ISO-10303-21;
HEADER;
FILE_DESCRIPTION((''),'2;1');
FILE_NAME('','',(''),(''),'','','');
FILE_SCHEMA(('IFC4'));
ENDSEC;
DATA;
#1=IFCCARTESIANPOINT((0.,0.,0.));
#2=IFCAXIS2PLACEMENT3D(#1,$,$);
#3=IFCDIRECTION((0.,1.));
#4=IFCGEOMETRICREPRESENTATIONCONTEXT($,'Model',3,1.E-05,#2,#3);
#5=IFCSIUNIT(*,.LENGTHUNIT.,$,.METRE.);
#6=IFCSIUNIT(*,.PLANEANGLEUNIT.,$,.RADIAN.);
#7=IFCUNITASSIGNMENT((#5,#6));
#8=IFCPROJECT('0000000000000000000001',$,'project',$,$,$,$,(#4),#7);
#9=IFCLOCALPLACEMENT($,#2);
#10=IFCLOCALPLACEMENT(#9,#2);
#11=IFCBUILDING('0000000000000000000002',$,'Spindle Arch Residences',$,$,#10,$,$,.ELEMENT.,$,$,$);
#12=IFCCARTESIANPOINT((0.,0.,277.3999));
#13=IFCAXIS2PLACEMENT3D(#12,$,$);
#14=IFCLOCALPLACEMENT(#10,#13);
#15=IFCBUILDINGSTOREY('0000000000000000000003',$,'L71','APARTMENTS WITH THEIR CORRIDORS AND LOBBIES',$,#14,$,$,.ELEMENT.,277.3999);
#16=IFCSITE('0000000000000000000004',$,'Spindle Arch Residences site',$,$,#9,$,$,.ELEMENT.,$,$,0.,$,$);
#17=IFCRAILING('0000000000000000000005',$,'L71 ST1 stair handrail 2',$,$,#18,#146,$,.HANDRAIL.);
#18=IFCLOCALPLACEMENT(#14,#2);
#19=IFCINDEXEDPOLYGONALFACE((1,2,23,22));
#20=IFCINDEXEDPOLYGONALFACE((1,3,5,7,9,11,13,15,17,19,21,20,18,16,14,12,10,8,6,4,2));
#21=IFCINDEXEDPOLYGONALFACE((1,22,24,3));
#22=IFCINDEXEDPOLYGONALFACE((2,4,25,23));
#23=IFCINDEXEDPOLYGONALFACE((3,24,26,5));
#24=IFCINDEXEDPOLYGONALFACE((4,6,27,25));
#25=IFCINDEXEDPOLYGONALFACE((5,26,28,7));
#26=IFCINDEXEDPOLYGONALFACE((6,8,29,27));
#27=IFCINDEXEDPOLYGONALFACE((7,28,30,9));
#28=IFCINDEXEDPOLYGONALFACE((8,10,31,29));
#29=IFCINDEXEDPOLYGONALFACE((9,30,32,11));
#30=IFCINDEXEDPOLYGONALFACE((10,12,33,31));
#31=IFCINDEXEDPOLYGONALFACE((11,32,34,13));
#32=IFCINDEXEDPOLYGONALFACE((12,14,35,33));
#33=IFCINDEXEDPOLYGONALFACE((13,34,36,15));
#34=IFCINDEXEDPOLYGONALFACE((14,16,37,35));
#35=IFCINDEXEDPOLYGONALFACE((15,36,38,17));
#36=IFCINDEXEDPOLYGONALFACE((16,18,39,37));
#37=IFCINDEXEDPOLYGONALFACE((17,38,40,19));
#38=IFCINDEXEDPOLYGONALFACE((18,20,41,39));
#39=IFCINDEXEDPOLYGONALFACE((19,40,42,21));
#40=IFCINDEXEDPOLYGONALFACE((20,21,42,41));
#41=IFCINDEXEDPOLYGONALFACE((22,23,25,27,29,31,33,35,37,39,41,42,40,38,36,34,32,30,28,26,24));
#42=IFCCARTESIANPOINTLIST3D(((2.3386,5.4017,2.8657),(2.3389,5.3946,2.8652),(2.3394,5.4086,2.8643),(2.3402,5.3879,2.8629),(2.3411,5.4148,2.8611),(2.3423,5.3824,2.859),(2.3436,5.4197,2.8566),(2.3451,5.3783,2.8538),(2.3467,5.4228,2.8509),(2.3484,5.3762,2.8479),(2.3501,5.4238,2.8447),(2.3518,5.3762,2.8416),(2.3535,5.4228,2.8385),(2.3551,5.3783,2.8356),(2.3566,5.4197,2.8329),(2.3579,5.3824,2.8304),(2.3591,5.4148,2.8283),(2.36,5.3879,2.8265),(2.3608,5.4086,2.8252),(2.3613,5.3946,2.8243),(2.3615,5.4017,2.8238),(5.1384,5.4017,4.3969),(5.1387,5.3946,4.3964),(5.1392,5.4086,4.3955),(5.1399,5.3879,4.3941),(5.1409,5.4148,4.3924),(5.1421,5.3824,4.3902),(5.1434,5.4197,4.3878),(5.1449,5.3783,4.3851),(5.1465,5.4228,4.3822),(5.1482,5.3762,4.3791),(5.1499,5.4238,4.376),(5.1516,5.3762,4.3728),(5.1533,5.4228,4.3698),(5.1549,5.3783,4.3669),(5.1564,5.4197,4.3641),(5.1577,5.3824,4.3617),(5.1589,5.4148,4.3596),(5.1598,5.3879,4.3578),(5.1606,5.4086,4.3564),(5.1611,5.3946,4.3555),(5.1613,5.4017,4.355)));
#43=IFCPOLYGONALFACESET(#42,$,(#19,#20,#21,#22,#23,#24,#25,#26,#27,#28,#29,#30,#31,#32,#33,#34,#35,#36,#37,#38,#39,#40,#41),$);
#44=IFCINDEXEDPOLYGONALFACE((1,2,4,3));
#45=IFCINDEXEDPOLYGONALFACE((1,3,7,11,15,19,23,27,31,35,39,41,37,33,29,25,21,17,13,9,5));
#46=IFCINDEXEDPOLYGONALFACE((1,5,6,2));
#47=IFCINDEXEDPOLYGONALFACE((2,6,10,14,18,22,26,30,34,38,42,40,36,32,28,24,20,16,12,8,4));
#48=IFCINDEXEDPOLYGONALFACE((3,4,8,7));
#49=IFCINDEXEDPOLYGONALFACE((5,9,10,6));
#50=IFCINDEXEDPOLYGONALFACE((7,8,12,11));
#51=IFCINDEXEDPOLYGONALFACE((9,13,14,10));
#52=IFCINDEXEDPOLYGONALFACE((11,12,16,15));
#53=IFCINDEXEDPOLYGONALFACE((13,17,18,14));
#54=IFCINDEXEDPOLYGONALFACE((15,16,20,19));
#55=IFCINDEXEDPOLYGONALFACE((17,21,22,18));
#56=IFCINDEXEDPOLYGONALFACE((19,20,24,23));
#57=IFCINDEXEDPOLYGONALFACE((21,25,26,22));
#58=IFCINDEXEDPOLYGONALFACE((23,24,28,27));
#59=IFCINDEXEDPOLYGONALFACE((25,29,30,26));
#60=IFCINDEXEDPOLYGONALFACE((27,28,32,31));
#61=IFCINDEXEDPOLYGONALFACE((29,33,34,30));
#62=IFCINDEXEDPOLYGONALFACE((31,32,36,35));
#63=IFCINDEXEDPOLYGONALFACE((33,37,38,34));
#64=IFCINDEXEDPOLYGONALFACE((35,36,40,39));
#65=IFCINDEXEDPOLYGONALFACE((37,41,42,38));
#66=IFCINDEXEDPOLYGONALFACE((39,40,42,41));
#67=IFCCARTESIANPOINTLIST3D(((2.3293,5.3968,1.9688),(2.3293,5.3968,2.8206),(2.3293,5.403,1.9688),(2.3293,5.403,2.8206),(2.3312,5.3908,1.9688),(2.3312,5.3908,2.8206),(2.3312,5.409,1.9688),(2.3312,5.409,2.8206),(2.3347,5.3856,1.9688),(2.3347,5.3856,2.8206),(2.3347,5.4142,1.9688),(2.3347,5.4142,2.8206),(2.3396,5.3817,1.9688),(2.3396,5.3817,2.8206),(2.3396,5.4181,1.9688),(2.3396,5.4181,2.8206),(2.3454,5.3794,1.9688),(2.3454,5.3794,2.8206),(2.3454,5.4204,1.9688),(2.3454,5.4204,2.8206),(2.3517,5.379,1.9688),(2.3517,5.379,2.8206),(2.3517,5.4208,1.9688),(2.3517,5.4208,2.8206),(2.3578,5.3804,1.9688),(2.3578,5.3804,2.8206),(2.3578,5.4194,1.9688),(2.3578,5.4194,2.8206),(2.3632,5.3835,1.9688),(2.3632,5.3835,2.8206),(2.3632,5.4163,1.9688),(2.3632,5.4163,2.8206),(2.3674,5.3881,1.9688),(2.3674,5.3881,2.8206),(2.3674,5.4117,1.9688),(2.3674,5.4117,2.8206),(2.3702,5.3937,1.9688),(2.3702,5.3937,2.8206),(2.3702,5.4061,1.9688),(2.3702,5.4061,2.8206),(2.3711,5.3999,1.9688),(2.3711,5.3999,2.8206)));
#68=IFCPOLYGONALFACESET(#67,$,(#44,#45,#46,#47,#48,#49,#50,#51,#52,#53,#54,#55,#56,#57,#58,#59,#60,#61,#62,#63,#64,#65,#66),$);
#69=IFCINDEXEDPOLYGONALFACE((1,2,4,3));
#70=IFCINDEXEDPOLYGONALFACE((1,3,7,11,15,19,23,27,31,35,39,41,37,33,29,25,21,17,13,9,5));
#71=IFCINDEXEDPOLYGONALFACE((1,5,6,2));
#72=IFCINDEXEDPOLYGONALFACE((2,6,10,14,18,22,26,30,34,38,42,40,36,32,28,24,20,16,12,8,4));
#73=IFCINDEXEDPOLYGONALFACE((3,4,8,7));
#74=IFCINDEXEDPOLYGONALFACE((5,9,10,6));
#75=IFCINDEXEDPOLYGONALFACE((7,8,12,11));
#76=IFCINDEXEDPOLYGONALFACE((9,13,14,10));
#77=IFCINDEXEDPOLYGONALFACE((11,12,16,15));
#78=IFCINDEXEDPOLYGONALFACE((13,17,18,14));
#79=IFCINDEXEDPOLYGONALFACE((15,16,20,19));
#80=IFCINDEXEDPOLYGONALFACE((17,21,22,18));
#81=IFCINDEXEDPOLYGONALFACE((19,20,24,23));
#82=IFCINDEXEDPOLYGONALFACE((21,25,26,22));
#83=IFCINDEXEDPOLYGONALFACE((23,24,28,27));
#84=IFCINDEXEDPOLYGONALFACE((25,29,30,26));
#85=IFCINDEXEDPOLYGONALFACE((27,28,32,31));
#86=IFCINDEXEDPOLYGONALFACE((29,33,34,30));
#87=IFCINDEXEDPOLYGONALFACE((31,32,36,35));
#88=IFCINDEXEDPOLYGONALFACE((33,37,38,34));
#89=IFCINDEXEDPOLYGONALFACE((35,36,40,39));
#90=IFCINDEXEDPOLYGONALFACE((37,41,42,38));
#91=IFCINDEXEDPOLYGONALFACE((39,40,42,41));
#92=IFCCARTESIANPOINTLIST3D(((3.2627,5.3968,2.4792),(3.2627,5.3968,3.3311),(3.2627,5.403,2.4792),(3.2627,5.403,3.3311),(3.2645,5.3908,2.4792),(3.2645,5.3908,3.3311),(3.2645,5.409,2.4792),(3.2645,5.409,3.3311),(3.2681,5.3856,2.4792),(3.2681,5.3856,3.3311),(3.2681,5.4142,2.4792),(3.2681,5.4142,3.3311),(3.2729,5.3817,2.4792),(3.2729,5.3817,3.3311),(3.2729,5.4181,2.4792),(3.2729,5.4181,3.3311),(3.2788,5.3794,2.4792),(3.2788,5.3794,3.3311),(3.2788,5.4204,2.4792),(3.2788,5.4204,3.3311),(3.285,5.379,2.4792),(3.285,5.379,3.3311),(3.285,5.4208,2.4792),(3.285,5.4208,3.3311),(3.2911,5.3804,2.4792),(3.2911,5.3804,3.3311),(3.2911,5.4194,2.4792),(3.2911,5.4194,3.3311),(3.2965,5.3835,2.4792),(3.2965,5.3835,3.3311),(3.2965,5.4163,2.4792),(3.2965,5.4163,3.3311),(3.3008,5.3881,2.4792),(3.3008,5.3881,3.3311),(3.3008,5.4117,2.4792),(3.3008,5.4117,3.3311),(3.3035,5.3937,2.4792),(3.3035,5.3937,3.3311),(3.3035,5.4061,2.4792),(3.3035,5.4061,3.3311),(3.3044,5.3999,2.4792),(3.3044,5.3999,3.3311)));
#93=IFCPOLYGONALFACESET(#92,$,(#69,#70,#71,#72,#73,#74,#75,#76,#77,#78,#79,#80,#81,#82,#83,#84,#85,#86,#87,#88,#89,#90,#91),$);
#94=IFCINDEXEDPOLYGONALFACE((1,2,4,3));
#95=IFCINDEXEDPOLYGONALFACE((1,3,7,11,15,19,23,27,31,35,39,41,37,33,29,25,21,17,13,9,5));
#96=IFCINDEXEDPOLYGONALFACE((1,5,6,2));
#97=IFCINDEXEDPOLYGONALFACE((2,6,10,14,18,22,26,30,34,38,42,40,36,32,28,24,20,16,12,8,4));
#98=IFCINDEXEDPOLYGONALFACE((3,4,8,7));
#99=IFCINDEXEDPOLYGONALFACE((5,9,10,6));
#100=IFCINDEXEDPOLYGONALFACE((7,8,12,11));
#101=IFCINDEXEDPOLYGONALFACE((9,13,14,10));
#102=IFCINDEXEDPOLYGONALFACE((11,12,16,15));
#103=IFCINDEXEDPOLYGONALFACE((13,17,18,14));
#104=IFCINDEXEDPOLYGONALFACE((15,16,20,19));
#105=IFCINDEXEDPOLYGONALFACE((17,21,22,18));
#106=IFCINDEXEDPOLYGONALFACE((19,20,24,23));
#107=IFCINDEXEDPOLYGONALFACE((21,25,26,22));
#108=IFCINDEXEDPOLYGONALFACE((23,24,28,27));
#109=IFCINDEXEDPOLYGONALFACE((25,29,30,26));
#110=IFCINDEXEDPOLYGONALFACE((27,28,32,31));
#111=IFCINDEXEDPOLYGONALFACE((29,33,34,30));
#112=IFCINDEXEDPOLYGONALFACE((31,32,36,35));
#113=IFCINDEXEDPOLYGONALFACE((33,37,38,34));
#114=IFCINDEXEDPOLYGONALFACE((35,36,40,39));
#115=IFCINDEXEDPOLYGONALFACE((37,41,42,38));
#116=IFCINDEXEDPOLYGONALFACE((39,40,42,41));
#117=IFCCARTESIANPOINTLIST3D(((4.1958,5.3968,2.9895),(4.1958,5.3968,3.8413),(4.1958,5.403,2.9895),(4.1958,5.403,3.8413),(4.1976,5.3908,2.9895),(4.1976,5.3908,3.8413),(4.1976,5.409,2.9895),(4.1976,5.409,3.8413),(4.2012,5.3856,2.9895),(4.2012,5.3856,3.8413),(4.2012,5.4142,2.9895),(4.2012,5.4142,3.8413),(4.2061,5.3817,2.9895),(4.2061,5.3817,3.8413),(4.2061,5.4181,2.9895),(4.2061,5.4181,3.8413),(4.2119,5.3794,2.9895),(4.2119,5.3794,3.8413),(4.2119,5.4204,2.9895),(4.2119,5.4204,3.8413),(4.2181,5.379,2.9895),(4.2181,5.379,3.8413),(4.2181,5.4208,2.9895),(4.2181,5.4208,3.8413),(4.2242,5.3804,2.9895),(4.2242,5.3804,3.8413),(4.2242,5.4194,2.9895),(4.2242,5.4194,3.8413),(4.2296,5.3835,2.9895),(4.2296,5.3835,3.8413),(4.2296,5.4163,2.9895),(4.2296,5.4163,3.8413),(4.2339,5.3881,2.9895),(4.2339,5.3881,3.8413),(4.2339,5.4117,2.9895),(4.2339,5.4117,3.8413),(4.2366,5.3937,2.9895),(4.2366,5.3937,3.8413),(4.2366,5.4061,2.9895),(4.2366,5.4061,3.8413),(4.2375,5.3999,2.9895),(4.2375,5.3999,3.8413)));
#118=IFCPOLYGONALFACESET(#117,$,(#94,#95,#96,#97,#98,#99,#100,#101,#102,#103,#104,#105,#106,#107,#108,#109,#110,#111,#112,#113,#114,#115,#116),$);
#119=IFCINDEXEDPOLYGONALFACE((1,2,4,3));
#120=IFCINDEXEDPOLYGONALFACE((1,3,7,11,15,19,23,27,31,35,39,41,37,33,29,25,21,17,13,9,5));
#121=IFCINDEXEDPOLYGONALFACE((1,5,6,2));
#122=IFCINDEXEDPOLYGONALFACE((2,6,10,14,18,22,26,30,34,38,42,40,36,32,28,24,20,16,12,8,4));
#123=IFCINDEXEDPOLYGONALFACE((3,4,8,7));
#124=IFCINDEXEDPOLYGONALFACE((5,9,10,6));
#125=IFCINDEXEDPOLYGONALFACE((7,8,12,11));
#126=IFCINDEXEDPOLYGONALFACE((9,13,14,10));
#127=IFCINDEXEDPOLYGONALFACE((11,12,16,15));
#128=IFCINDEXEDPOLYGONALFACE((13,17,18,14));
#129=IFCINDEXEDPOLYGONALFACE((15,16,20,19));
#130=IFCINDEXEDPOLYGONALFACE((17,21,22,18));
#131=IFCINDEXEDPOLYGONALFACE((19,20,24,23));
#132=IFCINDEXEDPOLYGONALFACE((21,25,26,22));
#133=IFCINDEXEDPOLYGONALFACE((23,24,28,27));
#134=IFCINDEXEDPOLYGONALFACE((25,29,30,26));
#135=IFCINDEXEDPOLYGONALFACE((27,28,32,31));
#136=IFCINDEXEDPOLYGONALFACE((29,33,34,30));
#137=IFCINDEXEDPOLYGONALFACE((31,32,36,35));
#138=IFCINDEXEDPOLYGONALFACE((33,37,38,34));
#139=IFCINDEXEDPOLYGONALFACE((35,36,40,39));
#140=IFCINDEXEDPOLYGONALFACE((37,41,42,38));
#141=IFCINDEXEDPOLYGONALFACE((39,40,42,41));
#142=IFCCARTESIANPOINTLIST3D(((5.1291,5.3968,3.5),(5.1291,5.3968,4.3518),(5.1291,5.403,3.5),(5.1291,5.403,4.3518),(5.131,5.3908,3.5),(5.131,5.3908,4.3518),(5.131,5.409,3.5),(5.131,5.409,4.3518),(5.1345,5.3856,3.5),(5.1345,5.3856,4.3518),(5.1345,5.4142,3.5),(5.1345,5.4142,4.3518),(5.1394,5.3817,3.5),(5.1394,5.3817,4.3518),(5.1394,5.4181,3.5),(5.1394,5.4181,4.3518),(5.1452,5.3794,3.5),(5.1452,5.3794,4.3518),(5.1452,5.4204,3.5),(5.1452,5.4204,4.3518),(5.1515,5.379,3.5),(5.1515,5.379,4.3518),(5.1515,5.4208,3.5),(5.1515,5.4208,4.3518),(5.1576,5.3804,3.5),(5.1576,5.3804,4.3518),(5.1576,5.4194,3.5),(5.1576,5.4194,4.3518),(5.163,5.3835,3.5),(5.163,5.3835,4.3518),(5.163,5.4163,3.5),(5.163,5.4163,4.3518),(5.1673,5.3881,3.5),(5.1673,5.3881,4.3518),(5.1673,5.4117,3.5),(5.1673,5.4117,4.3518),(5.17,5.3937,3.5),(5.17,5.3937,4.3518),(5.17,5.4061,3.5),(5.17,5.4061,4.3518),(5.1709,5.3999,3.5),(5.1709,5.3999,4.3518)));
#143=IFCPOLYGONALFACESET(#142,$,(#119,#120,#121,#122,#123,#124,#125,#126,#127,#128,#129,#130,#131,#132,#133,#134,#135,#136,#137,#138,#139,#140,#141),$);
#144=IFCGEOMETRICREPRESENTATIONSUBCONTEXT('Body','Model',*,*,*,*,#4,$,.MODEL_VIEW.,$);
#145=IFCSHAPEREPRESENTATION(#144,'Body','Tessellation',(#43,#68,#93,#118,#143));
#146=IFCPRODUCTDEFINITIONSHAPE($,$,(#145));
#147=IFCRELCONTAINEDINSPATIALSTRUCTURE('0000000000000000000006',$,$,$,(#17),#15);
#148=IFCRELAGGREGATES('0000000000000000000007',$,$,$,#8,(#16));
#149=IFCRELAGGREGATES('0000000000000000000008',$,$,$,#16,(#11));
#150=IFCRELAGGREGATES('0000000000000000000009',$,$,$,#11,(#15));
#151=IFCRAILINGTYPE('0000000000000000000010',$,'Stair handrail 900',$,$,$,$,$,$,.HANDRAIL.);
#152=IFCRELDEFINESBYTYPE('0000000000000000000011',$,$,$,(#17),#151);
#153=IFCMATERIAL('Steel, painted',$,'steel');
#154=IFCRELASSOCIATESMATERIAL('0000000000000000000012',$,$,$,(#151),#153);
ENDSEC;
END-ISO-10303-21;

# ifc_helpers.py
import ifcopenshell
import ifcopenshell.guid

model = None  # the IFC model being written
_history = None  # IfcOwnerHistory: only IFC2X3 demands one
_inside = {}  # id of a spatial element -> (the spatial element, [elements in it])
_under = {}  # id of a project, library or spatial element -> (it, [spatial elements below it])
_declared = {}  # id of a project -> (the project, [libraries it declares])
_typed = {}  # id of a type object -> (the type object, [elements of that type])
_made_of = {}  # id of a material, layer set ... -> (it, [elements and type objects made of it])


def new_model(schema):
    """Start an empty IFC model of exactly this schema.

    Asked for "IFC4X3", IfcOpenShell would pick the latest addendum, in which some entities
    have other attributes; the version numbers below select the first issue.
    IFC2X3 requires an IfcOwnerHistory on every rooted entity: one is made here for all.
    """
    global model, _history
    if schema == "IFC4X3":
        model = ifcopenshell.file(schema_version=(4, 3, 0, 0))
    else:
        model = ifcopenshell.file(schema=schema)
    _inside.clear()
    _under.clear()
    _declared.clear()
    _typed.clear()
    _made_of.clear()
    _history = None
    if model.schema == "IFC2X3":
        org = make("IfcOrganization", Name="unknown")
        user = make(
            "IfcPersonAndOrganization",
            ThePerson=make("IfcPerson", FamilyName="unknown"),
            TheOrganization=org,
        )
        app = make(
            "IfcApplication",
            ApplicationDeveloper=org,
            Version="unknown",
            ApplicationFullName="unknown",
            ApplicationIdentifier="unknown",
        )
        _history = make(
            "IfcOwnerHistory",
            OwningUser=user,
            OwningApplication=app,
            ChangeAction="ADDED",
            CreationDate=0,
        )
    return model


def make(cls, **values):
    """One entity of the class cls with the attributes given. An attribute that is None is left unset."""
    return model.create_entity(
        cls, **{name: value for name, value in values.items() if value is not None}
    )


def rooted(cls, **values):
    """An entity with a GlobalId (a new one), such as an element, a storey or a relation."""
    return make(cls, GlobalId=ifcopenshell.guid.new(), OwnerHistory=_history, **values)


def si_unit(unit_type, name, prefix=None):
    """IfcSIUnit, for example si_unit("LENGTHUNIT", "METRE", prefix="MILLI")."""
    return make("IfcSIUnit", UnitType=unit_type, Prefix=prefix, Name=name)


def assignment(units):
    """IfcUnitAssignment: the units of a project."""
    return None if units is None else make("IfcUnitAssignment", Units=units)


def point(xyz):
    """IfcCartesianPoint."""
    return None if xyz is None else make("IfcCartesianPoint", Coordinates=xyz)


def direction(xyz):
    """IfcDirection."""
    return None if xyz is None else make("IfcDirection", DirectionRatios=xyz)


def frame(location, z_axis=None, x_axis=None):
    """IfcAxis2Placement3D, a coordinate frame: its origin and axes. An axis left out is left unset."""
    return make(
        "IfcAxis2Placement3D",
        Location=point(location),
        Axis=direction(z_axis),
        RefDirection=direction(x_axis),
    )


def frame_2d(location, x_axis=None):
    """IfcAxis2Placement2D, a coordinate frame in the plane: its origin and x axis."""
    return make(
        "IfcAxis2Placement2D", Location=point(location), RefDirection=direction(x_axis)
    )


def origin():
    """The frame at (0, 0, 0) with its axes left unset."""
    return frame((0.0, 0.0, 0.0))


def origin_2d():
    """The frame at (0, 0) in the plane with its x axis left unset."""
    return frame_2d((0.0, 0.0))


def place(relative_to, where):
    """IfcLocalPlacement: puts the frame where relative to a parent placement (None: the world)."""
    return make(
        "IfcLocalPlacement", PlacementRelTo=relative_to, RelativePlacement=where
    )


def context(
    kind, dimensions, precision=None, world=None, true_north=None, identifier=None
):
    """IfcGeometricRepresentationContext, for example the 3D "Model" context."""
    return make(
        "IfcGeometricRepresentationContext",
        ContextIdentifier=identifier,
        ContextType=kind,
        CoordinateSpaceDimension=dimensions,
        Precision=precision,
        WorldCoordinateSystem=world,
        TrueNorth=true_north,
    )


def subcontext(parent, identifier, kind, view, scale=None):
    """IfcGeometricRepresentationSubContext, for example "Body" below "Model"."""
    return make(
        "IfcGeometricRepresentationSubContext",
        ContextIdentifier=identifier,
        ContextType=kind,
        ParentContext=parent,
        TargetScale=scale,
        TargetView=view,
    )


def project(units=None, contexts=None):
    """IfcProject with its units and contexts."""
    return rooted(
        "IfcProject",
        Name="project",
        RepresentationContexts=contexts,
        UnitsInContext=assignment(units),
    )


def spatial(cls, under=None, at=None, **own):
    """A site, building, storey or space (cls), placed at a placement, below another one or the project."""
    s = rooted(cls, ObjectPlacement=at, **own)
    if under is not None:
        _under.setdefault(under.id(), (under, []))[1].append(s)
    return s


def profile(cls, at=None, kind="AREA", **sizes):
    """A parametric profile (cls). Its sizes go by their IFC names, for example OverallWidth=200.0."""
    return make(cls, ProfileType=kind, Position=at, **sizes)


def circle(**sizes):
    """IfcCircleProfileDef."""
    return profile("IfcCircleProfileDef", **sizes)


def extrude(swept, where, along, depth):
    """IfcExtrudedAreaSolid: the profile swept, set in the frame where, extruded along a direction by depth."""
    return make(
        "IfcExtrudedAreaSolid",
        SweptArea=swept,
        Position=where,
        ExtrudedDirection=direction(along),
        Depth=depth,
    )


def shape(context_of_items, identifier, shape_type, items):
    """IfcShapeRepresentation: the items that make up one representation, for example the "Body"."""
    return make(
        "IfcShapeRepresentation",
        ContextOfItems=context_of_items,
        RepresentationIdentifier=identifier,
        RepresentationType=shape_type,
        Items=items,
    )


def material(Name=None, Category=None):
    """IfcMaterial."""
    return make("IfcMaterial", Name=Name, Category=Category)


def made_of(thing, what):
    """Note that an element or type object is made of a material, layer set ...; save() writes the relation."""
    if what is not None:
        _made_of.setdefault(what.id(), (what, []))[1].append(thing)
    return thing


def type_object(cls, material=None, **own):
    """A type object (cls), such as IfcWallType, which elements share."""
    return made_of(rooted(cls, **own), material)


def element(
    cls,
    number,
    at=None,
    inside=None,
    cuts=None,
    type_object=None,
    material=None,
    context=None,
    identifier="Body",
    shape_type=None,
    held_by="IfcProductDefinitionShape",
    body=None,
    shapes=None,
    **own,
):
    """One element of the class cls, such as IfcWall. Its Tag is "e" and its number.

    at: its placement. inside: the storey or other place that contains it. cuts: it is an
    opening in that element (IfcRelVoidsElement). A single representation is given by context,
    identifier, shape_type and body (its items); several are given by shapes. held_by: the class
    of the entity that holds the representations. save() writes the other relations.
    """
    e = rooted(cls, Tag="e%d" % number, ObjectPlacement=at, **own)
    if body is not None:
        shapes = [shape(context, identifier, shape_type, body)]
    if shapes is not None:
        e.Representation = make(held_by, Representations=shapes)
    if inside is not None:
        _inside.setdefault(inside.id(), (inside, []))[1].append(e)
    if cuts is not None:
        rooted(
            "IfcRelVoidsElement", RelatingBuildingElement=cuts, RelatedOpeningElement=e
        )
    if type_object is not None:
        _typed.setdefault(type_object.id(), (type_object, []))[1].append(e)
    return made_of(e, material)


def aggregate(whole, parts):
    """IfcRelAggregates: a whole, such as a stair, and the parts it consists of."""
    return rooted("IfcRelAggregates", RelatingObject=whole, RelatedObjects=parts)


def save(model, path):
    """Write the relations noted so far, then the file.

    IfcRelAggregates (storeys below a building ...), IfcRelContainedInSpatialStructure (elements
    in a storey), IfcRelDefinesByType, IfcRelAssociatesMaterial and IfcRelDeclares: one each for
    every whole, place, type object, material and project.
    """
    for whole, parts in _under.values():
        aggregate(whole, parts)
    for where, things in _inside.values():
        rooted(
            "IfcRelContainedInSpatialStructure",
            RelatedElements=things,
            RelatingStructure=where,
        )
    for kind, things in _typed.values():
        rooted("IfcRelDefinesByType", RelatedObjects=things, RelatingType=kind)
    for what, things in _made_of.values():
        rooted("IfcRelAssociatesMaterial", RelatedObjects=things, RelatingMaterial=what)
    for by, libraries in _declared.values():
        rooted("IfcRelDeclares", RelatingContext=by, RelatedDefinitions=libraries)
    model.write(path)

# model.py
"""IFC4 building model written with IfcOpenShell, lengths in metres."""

from ifc_helpers import new_model, si_unit, direction, frame, origin, origin_2d, place, context, subcontext, project, spatial, circle, extrude, material, type_object, element, save


model = new_model("IFC4")

# Units and contexts
model_context = context("Model", 3, precision=1e-05, world=origin(), true_north=direction((0.0, 1.0)))
body_context = subcontext(model_context, "Body", "Model", "MODEL_VIEW")
ifc_project = project(units=[si_unit("LENGTHUNIT", "METRE"), si_unit("PLANEANGLEUNIT", "RADIAN")], contexts=[model_context])

# Site, building, storey
site_placement = place(None, origin())
site = spatial("IfcSite", under=ifc_project, at=site_placement, Name="Spindle Arch Residences site", CompositionType="ELEMENT", RefElevation=0.0)
building_placement = place(site_placement, origin())
building = spatial("IfcBuilding", under=site, at=building_placement, Name="Spindle Arch Residences", CompositionType="ELEMENT")
storey_placement = place(building_placement, frame((0.0, 0.0, 277.3999)))
storey = spatial("IfcBuildingStorey", under=building, at=storey_placement, Name="L71", Description="APARTMENTS WITH THEIR CORRIDORS AND LOBBIES", CompositionType="ELEMENT", Elevation=277.3999)

# Railing
ifc_material_1 = material(Name="Steel, painted", Category="steel")
railing_type_1 = type_object("IfcRailingType", Name="Stair handrail 900", PredefinedType="HANDRAIL", material=ifc_material_1)
railing_1_placement = place(storey_placement, frame((2.3501, 5.3999, 1.9688)))
element("IfcRailing", 1, at=railing_1_placement, inside=storey, type_object=railing_type_1, Name="L71 ST1 stair handrail 2", PredefinedType="HANDRAIL", context=body_context, shape_type="SweptSolid", body=[
    extrude(circle(Radius=0.0239, at=origin_2d()), frame((0.0, 0.0, 0.876), z_axis=(0.877357, 0.0, 0.479838), x_axis=(0.0, 1.0, 0.0)), (0.0, 0.0, 1.0), 3.1912),
    extrude(circle(Radius=0.021, at=origin_2d()), origin(), (0.0, 0.0, 1.0), 0.8518),
    extrude(circle(Radius=0.021, at=origin_2d()), frame((0.9333, 0.0, 0.5105)), (0.0, 0.0, 1.0), 0.8518),
    extrude(circle(Radius=0.021, at=origin_2d()), frame((1.8665, 0.0, 1.0208)), (0.0, 0.0, 1.0), 0.8518),
    extrude(circle(Radius=0.021, at=origin_2d()), frame((2.7998, 0.0, 1.5312)), (0.0, 0.0, 1.0), 0.8518),
])

save(model, "model.ifc")
